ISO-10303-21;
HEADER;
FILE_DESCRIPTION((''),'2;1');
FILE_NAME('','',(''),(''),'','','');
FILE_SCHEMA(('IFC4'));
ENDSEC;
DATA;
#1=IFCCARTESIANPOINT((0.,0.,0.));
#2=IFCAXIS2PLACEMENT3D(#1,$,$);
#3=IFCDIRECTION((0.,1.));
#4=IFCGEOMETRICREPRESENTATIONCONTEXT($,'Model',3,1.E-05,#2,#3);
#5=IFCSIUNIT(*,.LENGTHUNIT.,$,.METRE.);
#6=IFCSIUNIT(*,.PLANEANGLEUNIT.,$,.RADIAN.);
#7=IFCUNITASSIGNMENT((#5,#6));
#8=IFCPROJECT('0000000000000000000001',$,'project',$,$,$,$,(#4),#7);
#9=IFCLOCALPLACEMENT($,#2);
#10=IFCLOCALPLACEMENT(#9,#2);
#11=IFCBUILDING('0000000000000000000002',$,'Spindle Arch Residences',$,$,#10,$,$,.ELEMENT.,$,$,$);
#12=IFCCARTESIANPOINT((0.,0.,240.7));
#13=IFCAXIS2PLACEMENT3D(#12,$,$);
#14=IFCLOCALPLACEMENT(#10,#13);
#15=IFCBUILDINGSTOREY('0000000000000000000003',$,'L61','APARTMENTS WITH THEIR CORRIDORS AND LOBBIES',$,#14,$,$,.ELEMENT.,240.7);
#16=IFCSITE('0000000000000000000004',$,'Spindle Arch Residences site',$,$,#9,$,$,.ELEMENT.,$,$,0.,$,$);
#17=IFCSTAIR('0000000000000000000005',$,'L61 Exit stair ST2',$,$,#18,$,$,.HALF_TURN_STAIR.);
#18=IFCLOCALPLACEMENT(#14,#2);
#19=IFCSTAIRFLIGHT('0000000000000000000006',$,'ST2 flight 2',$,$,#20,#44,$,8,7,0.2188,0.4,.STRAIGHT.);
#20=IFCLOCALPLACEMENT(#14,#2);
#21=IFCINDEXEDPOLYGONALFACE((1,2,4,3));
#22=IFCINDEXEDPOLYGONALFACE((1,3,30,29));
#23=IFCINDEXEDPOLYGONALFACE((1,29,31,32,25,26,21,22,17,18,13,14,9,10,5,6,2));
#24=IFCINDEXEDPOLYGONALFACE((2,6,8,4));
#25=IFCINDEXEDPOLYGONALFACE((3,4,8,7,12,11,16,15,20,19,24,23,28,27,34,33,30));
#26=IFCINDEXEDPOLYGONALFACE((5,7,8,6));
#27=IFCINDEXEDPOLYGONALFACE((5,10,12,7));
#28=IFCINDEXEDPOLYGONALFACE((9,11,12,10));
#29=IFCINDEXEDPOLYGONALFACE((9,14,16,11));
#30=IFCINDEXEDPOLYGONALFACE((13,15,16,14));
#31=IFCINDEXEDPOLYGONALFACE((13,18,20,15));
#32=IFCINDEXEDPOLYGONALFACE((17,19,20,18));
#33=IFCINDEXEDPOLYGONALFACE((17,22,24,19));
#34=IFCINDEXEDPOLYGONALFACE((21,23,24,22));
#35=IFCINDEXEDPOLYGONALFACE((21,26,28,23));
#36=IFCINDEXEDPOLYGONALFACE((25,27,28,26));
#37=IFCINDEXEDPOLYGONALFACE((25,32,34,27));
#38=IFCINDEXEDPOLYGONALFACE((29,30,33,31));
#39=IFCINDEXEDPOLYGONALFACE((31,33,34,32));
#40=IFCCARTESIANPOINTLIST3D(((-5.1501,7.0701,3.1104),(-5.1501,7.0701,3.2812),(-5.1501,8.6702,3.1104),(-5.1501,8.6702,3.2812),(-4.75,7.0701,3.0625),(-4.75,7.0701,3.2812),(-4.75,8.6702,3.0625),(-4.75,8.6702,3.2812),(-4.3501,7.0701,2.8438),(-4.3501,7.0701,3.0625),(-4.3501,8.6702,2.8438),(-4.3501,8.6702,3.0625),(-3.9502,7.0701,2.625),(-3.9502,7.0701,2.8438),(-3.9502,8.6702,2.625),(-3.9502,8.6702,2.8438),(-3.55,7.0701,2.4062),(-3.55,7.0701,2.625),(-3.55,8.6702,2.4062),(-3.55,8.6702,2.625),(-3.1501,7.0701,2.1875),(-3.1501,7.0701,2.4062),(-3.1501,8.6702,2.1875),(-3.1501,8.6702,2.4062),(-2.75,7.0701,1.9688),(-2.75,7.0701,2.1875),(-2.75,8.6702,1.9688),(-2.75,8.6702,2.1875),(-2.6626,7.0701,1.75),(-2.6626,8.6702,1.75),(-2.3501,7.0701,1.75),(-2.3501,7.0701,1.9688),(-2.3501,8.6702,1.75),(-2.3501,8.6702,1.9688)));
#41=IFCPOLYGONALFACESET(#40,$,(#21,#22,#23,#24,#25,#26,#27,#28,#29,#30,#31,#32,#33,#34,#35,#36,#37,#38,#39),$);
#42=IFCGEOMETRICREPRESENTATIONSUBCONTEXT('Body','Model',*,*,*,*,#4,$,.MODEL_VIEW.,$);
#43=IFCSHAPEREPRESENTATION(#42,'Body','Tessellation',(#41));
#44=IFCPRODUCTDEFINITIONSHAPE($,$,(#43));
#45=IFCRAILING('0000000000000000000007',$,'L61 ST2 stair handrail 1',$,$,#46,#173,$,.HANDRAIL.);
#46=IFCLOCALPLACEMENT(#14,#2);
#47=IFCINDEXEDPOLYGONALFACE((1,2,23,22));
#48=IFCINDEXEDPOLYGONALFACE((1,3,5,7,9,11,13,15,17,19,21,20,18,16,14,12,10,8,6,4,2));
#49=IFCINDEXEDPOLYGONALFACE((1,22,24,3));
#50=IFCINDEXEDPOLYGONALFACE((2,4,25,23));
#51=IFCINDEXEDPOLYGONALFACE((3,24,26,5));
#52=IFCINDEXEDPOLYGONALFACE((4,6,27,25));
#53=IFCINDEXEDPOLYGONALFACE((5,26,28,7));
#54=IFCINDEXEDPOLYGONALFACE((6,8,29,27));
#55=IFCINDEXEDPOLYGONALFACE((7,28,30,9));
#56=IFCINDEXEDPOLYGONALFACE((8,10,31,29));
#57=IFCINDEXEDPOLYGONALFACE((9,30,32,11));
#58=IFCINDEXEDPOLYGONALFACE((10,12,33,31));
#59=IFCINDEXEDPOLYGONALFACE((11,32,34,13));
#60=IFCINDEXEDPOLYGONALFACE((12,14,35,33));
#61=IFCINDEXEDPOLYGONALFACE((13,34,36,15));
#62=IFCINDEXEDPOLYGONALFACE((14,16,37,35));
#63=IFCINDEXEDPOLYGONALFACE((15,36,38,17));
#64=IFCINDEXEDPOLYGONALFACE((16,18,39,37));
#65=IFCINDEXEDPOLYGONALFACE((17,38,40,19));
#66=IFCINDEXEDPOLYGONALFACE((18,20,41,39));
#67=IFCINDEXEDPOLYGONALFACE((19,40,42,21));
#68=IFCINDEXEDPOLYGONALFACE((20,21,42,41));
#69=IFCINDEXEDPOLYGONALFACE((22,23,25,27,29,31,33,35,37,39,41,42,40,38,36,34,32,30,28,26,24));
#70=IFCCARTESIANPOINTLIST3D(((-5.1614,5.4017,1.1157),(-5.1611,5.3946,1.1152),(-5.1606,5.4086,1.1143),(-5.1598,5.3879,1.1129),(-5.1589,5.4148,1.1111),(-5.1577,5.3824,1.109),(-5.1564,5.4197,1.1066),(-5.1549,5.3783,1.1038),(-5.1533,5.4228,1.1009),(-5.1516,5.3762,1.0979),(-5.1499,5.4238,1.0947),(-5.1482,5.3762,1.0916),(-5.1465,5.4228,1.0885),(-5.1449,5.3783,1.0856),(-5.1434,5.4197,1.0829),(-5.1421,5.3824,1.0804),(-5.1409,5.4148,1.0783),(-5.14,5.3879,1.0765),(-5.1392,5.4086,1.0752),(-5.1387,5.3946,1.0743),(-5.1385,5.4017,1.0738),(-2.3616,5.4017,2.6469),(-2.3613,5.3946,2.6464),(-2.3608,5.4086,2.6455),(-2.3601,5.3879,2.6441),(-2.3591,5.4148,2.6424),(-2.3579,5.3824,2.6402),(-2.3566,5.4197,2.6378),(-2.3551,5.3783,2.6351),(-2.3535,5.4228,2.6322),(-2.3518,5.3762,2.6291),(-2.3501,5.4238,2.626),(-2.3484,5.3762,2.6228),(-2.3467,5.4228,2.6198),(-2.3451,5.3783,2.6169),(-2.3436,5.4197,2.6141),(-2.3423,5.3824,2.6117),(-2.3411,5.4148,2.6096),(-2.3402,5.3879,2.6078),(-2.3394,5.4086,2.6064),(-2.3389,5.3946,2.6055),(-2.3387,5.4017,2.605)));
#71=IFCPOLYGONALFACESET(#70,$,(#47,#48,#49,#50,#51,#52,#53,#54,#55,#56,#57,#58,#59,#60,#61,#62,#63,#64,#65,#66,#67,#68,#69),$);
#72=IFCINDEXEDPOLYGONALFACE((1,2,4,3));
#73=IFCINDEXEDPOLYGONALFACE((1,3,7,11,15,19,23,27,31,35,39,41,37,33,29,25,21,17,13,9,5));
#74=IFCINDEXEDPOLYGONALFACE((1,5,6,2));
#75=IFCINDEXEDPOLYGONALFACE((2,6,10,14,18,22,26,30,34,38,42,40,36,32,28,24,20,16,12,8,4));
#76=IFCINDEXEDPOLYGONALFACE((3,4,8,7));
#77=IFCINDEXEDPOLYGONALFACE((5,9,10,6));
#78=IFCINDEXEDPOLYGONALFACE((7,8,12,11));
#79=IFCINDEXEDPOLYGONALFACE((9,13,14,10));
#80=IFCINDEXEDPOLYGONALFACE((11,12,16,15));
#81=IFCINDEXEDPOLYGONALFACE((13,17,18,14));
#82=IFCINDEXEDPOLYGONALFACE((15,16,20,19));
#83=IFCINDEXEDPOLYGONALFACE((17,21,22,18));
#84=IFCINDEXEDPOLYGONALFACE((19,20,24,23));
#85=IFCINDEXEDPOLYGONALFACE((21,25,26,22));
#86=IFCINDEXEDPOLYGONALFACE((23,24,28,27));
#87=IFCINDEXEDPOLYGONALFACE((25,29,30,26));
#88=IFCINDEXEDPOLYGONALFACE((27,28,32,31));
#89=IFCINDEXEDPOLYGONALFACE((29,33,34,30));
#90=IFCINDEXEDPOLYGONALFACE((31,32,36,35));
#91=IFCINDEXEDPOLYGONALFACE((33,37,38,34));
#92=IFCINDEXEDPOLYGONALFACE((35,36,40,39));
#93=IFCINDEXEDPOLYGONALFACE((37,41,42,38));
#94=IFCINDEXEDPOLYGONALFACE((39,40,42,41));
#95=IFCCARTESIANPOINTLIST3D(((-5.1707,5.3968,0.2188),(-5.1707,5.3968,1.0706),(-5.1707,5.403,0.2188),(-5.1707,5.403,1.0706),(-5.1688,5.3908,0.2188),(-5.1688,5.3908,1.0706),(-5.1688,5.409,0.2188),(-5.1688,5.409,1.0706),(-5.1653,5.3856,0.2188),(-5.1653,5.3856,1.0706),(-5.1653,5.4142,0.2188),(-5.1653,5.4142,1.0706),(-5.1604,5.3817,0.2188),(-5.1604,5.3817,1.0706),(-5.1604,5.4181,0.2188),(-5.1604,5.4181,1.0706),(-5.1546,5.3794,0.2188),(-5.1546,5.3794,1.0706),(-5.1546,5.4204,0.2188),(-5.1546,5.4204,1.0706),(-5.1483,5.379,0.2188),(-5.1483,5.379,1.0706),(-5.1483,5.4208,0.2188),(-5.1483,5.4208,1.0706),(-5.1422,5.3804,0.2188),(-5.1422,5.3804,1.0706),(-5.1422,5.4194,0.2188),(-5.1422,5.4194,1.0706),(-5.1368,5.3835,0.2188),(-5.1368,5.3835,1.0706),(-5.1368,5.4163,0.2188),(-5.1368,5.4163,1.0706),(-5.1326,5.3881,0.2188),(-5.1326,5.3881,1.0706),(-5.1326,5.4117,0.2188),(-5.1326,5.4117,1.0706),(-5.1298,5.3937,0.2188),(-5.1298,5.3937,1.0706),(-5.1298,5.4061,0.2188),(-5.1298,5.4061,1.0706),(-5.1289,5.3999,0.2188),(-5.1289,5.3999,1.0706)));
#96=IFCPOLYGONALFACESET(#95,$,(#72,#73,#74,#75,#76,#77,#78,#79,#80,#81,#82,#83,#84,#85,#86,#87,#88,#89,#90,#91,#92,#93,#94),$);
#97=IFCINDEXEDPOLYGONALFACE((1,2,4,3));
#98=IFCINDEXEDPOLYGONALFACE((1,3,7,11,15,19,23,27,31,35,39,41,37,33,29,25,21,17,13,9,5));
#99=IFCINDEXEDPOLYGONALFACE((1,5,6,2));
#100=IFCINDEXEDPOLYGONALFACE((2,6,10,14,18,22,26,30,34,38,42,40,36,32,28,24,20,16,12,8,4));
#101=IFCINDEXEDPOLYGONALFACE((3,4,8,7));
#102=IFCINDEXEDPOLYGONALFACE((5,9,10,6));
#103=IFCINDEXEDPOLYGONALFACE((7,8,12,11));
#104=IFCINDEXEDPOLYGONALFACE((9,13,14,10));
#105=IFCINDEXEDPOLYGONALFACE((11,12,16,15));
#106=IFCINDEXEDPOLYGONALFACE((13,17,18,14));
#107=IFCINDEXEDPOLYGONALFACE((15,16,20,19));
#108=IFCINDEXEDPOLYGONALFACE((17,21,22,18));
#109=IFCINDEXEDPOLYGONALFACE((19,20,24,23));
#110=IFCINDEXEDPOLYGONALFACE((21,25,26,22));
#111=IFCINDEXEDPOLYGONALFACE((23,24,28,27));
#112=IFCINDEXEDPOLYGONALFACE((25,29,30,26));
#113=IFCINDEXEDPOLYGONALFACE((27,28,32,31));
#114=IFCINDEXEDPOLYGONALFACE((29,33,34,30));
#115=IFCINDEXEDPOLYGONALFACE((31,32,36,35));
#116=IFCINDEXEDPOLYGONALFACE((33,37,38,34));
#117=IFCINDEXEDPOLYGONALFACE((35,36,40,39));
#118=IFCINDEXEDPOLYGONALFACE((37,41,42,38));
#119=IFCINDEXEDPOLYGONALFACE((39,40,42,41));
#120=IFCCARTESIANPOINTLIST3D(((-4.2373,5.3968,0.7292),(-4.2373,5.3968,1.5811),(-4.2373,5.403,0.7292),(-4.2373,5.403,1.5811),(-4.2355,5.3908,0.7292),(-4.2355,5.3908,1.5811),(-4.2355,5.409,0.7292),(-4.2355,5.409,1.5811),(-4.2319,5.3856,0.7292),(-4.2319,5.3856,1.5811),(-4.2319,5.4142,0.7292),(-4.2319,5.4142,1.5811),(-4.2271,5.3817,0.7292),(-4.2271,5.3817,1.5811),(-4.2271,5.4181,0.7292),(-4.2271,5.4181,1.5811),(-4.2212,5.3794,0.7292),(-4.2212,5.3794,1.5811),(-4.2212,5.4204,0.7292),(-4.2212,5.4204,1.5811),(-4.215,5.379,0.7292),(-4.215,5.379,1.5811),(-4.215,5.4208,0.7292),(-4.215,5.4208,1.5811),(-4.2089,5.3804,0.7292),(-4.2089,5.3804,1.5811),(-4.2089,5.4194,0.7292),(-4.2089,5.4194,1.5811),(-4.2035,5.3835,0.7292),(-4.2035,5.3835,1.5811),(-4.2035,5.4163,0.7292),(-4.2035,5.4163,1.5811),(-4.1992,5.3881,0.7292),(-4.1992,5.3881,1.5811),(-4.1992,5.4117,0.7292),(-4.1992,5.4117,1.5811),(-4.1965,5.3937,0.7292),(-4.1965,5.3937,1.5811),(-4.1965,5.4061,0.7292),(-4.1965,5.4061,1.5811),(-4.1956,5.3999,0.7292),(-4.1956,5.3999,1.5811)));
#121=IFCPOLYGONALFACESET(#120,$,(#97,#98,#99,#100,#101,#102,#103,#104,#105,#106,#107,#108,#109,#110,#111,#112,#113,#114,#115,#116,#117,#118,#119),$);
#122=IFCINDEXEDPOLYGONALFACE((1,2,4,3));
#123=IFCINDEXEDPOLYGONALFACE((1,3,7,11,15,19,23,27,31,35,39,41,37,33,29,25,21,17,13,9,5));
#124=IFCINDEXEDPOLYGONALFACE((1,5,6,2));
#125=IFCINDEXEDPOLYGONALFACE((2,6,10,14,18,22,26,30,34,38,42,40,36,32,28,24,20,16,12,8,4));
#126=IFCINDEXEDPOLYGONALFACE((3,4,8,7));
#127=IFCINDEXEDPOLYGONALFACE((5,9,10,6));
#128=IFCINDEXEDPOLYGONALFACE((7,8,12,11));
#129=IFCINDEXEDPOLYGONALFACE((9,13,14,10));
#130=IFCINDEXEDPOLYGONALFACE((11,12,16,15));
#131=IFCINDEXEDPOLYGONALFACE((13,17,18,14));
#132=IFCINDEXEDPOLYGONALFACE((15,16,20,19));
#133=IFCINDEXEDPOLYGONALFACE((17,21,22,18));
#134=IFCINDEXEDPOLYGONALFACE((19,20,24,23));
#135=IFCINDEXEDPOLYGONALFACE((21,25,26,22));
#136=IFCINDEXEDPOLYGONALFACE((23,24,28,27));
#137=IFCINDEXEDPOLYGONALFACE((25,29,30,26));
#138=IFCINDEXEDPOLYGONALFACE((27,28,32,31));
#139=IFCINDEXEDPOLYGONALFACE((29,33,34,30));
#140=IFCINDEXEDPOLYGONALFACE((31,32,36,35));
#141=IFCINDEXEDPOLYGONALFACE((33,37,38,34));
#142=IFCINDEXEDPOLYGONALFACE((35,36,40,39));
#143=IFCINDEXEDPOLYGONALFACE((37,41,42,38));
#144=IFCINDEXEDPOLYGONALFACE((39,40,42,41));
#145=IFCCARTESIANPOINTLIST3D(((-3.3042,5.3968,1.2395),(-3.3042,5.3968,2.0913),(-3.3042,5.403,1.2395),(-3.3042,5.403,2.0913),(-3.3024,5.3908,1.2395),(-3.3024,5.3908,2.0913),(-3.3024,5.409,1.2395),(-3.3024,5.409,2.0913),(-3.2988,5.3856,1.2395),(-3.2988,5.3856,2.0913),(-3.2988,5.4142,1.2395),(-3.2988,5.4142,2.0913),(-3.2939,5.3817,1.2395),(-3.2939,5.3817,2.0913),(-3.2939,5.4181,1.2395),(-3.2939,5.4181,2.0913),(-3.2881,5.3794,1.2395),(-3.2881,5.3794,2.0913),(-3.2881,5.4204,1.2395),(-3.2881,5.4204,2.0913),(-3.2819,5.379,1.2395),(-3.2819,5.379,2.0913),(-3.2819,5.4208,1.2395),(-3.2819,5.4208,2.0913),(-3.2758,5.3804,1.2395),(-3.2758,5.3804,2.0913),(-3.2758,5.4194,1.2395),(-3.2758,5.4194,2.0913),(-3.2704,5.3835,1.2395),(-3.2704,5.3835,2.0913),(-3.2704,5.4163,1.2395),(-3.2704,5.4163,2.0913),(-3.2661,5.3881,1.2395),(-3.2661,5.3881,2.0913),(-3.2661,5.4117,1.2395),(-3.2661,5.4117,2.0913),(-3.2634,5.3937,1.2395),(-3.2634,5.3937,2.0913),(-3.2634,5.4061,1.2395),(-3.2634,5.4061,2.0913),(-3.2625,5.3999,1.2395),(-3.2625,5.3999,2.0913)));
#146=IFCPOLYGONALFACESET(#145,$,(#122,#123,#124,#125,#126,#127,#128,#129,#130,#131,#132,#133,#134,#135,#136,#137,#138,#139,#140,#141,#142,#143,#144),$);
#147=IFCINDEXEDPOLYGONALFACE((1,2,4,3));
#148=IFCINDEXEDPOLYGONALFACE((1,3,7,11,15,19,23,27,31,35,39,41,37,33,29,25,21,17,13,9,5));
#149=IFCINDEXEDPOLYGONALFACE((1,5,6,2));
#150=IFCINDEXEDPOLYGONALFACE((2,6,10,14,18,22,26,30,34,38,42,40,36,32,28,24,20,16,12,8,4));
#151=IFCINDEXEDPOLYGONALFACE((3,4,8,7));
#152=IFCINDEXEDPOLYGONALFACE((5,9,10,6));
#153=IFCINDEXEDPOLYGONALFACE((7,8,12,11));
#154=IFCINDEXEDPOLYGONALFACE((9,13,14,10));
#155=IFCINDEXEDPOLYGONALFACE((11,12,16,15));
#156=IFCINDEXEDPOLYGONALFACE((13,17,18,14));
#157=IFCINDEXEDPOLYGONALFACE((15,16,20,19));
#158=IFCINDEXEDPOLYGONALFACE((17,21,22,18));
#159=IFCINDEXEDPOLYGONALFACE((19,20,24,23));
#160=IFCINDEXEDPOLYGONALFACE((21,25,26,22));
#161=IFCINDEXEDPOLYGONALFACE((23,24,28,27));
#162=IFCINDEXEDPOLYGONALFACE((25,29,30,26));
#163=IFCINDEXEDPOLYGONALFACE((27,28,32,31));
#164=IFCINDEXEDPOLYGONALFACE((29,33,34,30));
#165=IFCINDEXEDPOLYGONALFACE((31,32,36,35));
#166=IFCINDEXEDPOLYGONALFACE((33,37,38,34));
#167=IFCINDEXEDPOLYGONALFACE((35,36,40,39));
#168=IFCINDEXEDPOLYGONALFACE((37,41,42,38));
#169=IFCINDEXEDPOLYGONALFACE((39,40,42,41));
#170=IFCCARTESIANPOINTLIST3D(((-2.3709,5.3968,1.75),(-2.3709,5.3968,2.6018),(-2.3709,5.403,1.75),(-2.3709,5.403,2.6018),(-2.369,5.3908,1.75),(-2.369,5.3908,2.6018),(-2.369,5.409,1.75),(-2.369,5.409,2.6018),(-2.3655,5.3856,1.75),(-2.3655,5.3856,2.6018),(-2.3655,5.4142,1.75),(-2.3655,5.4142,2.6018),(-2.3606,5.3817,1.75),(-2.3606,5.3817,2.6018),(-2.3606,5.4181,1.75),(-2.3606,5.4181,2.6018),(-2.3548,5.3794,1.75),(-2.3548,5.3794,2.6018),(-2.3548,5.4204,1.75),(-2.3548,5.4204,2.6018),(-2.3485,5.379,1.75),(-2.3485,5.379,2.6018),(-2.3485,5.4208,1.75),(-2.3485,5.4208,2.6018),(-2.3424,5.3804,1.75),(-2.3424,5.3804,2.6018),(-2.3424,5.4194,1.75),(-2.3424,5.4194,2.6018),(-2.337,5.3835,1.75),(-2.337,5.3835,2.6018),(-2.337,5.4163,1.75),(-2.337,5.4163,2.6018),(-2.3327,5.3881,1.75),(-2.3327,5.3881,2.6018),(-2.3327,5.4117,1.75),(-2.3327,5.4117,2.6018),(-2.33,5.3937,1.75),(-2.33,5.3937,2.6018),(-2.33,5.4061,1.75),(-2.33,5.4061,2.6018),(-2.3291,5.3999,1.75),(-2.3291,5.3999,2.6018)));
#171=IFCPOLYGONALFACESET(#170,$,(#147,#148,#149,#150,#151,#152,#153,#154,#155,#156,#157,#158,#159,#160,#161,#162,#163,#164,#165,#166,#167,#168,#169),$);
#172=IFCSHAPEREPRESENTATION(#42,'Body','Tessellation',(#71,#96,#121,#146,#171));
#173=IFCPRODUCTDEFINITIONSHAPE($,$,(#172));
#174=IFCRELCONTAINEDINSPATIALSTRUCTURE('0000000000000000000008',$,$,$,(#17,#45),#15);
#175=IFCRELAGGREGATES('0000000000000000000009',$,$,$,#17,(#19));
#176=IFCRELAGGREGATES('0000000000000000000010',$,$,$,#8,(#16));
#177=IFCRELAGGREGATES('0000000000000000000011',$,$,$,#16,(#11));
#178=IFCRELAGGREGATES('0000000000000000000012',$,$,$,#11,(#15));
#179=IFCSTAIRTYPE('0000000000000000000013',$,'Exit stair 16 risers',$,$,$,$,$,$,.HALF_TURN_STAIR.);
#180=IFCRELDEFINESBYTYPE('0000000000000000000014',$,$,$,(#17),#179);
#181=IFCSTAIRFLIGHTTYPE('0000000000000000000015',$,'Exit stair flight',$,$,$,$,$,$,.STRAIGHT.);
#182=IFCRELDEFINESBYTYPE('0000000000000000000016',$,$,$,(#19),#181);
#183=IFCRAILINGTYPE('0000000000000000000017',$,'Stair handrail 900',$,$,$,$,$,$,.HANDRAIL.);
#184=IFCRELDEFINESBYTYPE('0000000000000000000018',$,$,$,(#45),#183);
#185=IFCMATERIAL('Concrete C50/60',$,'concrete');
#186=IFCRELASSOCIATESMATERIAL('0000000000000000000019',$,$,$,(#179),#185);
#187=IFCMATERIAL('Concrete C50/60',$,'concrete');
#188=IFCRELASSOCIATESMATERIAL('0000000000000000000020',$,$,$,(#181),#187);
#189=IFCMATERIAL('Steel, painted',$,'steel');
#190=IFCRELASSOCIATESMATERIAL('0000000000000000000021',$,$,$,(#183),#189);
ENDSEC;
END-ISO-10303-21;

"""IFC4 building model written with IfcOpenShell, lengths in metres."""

from ifc_helpers import new_model, si_unit, direction, frame, origin, origin_2d, place, context, subcontext, project, spatial, polyline, circle, outline, extrude, material, type_object, element, aggregate, save


model = new_model("IFC4")

# Units and contexts
model_context = context("Model", 3, precision=1e-05, world=origin(), true_north=direction((0.0, 1.0)))
body_context = subcontext(model_context, "Body", "Model", "MODEL_VIEW")
ifc_project = project(units=[si_unit("LENGTHUNIT", "METRE"), si_unit("PLANEANGLEUNIT", "RADIAN")], contexts=[model_context])

# Site, building, storey
site_placement = place(None, origin())
site = spatial("IfcSite", under=ifc_project, at=site_placement, Name="Spindle Arch Residences site", CompositionType="ELEMENT", RefElevation=0.0)
building_placement = place(site_placement, origin())
building = spatial("IfcBuilding", under=site, at=building_placement, Name="Spindle Arch Residences", CompositionType="ELEMENT")
storey_placement = place(building_placement, frame((0.0, 0.0, 240.7)))
storey = spatial("IfcBuildingStorey", under=building, at=storey_placement, Name="L61", Description="APARTMENTS WITH THEIR CORRIDORS AND LOBBIES", CompositionType="ELEMENT", Elevation=240.7)

# Stair, stair flight
ifc_material_1 = material(Name="Concrete C50/60", Category="concrete")
stair_type = type_object("IfcStairType", Name="Exit stair 16 risers", PredefinedType="HALF_TURN_STAIR", material=ifc_material_1)
stair_placement = place(storey_placement, origin())
stair = element("IfcStair", 1, at=stair_placement, inside=storey, type_object=stair_type, Name="L61 Exit stair ST2", PredefinedType="HALF_TURN_STAIR")
ifc_material_2 = material(Name="Concrete C50/60", Category="concrete")
stair_flight_type = type_object("IfcStairFlightType", Name="Exit stair flight", PredefinedType="STRAIGHT", material=ifc_material_2)
stair_flight_1_placement = place(storey_placement, frame((-2.3501, 7.8701, 1.75), z_axis=(0.0, 0.0, 1.0), x_axis=(-1.0, 0.0, 0.0)))
stair_flight_1 = element("IfcStairFlight", 2, at=stair_flight_1_placement, type_object=stair_flight_type, Name="ST2 flight 2", NumberOfRisers=8, NumberOfTreads=7, PredefinedType="STRAIGHT", RiserHeight=0.2188, TreadLength=0.4, context=body_context, shape_type="SweptSolid", body=[
    extrude(outline(polyline([(0.0, 0.0), (0.0, 0.2188), (0.3999, 0.2188), (0.3999, 0.4375), (0.8, 0.4375), (0.8, 0.6562), (1.2, 0.6562), (1.2, 0.875), (1.6001, 0.875), (1.6001, 1.0938), (2.0, 1.0938), (2.0, 1.3125), (2.3999, 1.3125), (2.3999, 1.5312), (2.8, 1.5312), (2.8, 1.75), (2.8, 1.3604), (0.3125, 0.0), (0.0, 0.0)])), frame((0.0, 0.8, 0.0), z_axis=(0.0, -1.0, 0.0), x_axis=(1.0, 0.0, 0.0)), (0.0, 0.0, 1.0), 1.6001),
])
aggregate(stair, [stair_flight_1])

# Railing
ifc_material_3 = material(Name="Steel, painted", Category="steel")
railing_type_1 = type_object("IfcRailingType", Name="Stair handrail 900", PredefinedType="HANDRAIL", material=ifc_material_3)
railing_1_placement = place(storey_placement, frame((-5.1499, 5.3999, 0.2188)))
element("IfcRailing", 3, at=railing_1_placement, inside=storey, type_object=railing_type_1, Name="L61 ST2 stair handrail 1", PredefinedType="HANDRAIL", context=body_context, shape_type="SweptSolid", body=[
    extrude(circle(Radius=0.0239, at=origin_2d()), frame((0.0, 0.0, 0.876), z_axis=(0.877357, 0.0, 0.479838), x_axis=(0.0, 1.0, 0.0)), (0.0, 0.0, 1.0), 3.1912),
    extrude(circle(Radius=0.021, at=origin_2d()), origin(), (0.0, 0.0, 1.0), 0.8518),
    extrude(circle(Radius=0.021, at=origin_2d()), frame((0.9333, 0.0, 0.5105)), (0.0, 0.0, 1.0), 0.8518),
    extrude(circle(Radius=0.021, at=origin_2d()), frame((1.8665, 0.0, 1.0208)), (0.0, 0.0, 1.0), 0.8518),
    extrude(circle(Radius=0.021, at=origin_2d()), frame((2.7998, 0.0, 1.5312)), (0.0, 0.0, 1.0), 0.8518),
])

save(model, "model.ifc")
